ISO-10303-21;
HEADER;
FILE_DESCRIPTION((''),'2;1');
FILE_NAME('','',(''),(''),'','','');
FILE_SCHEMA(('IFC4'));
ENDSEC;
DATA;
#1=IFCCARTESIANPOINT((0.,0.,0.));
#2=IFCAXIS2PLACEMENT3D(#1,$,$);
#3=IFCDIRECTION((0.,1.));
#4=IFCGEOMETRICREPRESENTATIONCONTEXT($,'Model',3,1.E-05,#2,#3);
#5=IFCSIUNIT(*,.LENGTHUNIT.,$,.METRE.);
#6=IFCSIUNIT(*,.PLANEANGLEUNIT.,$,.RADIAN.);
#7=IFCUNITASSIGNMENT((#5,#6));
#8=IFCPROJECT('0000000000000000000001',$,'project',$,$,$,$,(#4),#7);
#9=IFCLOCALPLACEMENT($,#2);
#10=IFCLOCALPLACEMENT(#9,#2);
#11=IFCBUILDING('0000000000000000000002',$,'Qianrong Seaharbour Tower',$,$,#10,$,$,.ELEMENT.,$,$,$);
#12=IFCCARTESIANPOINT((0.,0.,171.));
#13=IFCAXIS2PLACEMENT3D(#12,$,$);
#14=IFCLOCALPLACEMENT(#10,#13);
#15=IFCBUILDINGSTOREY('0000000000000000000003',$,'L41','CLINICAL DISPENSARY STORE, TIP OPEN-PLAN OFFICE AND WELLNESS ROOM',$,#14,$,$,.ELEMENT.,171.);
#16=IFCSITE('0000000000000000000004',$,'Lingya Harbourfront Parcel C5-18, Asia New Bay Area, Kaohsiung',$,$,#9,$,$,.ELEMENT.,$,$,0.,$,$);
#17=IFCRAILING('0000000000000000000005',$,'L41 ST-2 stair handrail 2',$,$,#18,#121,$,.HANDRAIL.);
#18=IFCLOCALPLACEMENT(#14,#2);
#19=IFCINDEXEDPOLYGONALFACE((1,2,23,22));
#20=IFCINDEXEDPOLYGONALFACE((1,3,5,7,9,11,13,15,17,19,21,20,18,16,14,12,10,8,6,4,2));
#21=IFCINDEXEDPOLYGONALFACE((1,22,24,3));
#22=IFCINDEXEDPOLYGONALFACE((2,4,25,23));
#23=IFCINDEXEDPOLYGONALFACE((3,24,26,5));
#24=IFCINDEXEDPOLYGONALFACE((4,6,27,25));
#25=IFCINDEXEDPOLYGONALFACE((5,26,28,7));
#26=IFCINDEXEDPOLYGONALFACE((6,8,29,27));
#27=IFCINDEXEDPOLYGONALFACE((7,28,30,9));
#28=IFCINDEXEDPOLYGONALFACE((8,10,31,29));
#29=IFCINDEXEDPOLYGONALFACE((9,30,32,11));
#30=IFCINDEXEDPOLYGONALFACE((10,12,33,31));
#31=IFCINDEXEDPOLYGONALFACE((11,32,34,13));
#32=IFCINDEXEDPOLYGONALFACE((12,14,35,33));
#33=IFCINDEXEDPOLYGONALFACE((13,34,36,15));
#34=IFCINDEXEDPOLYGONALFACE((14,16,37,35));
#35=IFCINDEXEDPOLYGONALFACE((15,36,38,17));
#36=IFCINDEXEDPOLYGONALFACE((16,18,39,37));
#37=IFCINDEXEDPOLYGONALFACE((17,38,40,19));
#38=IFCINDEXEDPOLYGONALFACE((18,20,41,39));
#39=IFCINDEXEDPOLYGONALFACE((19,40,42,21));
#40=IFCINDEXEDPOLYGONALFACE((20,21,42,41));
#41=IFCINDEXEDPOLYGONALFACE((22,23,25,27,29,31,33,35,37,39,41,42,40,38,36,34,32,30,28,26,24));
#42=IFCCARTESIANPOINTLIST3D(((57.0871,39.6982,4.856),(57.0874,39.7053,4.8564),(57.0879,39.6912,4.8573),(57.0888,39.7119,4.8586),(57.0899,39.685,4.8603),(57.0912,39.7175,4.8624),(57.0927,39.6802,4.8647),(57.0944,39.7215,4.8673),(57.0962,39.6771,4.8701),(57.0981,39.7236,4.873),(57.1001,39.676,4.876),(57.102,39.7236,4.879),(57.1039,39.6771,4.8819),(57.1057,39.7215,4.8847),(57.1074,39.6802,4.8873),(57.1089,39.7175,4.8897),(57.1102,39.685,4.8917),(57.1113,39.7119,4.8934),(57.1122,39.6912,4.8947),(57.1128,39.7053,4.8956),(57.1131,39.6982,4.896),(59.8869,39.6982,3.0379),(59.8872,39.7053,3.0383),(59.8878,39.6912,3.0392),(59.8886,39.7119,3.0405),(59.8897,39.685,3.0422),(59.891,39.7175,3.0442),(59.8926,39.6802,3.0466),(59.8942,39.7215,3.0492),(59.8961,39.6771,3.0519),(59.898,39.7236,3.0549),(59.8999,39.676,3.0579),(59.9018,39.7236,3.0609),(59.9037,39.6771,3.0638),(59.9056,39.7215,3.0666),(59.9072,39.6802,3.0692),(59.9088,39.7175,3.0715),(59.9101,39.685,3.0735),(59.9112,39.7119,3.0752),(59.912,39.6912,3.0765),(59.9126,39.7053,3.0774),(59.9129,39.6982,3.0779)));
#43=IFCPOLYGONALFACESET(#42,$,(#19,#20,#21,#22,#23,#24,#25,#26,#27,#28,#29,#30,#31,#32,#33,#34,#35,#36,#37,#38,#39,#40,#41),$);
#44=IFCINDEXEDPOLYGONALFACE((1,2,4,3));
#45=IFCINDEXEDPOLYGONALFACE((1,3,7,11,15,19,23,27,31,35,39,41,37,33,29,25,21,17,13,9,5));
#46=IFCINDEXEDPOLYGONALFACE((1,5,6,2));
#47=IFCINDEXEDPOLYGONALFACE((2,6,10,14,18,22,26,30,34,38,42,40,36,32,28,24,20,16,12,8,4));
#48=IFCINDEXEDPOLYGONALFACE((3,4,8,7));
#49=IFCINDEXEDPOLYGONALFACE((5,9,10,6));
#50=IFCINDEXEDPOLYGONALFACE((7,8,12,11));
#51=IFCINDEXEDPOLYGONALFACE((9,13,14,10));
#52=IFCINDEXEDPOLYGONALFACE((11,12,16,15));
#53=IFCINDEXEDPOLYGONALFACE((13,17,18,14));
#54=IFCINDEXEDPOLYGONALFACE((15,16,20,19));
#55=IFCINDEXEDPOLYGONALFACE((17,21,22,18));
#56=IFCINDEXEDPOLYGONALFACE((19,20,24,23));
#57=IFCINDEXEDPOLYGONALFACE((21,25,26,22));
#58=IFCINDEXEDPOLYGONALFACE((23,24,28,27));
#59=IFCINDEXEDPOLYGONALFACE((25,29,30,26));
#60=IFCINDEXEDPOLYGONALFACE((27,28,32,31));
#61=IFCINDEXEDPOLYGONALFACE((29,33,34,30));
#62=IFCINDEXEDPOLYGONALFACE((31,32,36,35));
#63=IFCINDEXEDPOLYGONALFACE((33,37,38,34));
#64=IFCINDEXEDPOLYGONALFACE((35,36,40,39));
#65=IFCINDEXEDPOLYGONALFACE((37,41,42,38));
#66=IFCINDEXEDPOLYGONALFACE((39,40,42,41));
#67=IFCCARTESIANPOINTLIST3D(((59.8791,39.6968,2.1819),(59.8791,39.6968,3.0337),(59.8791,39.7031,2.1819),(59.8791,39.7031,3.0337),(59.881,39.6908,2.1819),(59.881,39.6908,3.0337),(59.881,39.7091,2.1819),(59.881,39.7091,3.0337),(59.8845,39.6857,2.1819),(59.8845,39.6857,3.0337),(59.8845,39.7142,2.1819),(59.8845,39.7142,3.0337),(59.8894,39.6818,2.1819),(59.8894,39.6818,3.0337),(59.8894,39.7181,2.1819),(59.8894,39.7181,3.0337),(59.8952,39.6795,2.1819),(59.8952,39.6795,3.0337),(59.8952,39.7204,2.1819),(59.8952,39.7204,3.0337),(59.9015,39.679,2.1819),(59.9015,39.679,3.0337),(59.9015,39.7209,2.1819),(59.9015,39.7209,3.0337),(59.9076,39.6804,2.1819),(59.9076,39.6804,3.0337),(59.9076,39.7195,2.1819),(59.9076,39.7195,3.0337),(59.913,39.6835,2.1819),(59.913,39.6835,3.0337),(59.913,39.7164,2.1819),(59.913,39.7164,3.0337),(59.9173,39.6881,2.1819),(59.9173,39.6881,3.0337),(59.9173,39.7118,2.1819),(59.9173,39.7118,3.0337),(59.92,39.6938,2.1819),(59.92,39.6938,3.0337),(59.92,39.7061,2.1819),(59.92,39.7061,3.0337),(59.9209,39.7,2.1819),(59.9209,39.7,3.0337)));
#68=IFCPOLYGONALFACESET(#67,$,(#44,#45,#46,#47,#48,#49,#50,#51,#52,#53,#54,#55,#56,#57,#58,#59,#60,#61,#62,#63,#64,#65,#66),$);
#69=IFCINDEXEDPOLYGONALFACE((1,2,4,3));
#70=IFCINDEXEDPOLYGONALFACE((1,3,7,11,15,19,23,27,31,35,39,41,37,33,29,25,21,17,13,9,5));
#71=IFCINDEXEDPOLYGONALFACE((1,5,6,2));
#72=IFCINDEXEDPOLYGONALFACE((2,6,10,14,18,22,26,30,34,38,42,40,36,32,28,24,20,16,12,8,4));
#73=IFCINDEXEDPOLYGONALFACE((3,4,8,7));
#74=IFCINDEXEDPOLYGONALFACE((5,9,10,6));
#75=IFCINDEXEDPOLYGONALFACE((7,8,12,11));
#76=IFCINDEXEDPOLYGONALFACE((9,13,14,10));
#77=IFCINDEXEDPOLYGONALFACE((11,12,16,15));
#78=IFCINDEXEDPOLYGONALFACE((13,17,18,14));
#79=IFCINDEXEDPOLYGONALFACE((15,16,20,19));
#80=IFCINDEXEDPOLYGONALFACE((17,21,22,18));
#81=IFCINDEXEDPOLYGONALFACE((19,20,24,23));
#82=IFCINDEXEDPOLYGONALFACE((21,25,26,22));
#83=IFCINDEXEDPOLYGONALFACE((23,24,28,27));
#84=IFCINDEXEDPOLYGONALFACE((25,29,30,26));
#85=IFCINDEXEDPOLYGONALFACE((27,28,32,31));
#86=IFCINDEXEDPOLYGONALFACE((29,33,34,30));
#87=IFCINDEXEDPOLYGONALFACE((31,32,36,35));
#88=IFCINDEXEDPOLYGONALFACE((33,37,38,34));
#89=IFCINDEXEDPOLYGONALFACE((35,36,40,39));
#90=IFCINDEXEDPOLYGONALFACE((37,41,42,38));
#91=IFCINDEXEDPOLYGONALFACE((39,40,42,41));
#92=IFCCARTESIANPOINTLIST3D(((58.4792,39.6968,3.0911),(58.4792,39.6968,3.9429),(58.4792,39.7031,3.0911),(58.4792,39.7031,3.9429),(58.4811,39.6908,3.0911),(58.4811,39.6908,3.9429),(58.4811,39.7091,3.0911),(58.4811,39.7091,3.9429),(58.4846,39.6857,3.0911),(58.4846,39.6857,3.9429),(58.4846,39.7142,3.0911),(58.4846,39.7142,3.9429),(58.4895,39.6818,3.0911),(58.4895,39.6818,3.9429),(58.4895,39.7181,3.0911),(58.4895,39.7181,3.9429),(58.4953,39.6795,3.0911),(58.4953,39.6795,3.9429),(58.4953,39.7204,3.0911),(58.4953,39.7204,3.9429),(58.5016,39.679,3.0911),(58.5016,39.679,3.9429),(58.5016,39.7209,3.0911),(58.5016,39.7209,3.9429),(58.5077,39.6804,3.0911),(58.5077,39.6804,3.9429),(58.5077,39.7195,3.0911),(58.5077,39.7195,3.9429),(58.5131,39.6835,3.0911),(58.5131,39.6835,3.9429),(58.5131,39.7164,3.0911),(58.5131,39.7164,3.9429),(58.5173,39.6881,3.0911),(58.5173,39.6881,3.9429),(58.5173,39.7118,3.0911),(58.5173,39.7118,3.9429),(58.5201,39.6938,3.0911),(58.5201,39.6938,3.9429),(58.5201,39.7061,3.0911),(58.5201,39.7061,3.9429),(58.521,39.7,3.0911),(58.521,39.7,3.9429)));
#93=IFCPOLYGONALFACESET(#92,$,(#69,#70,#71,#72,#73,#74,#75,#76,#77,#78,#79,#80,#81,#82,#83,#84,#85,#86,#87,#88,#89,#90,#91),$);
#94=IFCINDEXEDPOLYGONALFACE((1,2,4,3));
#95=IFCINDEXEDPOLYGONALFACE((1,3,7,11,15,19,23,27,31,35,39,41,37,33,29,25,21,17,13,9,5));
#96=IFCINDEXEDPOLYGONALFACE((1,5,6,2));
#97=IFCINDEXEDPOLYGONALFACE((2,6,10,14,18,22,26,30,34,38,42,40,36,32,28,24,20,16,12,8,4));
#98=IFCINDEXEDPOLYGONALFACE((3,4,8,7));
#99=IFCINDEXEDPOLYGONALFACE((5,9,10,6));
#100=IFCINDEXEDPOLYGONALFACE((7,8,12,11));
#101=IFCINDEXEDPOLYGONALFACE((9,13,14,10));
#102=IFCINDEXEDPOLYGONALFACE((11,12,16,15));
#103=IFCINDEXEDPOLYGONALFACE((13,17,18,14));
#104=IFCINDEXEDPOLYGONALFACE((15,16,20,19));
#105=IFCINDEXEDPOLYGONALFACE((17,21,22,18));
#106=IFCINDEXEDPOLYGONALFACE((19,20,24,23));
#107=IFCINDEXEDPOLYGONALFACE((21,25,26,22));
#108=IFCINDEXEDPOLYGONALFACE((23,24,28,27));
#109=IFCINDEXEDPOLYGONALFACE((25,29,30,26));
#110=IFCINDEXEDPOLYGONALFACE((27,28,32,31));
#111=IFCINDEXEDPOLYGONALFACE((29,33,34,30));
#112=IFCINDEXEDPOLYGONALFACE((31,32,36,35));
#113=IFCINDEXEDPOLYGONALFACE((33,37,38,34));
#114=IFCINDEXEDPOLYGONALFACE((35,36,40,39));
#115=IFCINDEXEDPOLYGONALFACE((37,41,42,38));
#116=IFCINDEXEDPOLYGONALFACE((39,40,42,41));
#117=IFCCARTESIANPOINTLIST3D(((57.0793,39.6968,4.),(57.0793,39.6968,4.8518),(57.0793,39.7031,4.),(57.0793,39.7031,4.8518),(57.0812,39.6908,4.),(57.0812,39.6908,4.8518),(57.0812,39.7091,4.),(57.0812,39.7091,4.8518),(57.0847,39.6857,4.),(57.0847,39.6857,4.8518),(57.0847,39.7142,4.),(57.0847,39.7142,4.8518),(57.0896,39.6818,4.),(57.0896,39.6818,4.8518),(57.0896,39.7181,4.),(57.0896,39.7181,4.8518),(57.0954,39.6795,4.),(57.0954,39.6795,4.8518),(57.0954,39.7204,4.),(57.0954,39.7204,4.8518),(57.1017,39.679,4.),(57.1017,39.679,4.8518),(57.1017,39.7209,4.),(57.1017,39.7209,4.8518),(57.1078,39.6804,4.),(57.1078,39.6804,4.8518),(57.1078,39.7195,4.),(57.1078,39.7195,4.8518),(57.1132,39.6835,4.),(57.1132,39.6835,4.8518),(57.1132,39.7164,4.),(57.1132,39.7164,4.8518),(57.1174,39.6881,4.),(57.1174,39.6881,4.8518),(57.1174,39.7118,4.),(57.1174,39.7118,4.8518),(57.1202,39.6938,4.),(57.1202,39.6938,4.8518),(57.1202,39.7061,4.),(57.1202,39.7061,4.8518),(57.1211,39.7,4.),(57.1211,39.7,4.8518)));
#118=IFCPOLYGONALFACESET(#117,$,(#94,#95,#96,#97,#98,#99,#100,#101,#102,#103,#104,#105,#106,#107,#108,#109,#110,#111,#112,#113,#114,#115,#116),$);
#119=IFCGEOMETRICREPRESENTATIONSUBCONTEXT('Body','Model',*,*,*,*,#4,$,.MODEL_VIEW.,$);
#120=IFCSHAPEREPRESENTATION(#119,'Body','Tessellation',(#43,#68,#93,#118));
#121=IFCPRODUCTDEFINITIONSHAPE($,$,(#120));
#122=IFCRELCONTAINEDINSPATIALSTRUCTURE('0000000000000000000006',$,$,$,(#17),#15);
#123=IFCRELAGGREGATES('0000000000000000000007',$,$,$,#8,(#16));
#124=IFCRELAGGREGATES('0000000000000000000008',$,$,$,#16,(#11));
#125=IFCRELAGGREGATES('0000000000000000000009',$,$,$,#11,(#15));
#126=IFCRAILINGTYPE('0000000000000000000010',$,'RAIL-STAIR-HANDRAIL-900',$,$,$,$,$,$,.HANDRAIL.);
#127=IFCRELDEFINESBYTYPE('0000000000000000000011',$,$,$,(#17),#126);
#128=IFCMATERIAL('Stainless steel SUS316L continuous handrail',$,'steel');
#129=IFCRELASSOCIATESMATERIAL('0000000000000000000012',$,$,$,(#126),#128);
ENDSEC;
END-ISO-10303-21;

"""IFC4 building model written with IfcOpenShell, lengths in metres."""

from ifc_helpers import new_model, si_unit, direction, frame, origin, origin_2d, place, context, subcontext, project, spatial, circle, extrude, material, type_object, element, save


model = new_model("IFC4")

# Units and contexts
model_context = context("Model", 3, precision=1e-05, world=origin(), true_north=direction((0.0, 1.0)))
body_context = subcontext(model_context, "Body", "Model", "MODEL_VIEW")
ifc_project = project(units=[si_unit("LENGTHUNIT", "METRE"), si_unit("PLANEANGLEUNIT", "RADIAN")], contexts=[model_context])

# Site, building, storey
site_placement = place(None, origin())
site = spatial("IfcSite", under=ifc_project, at=site_placement, Name="Lingya Harbourfront Parcel C5-18, Asia New Bay Area, Kaohsiung", CompositionType="ELEMENT", RefElevation=0.0)
building_placement = place(site_placement, origin())
building = spatial("IfcBuilding", under=site, at=building_placement, Name="Qianrong Seaharbour Tower", CompositionType="ELEMENT")
storey_placement = place(building_placement, frame((0.0, 0.0, 171.0)))
storey = spatial("IfcBuildingStorey", under=building, at=storey_placement, Name="L41", Description="CLINICAL DISPENSARY STORE, TIP OPEN-PLAN OFFICE AND WELLNESS ROOM", CompositionType="ELEMENT", Elevation=171.0)

# Railing
ifc_material_1 = material(Name="Stainless steel SUS316L continuous handrail", Category="steel")
railing_type_1 = type_object("IfcRailingType", Name="RAIL-STAIR-HANDRAIL-900", PredefinedType="HANDRAIL", material=ifc_material_1)
railing_1_placement = place(storey_placement, frame((59.8999, 39.7, 2.1819)))
element("IfcRailing", 1, at=railing_1_placement, inside=storey, type_object=railing_type_1, Name="L41 ST-2 stair handrail 2", PredefinedType="HANDRAIL", context=body_context, shape_type="SweptSolid", body=[
    extrude(circle(Radius=0.0239, at=origin_2d()), frame((0.0, 0.0, 0.876), z_axis=(-0.838684, 0.0, 0.544618), x_axis=(0.0, -1.0, 0.0)), (0.0, 0.0, 1.0), 3.3384),
    extrude(circle(Radius=0.021, at=origin_2d()), origin(), (0.0, 0.0, 1.0), 0.8518),
    extrude(circle(Radius=0.021, at=origin_2d()), frame((-1.3999, 0.0, 0.9092)), (0.0, 0.0, 1.0), 0.8518),
    extrude(circle(Radius=0.021, at=origin_2d()), frame((-2.7998, 0.0, 1.8181)), (0.0, 0.0, 1.0), 0.8518),
])

save(model, "model.ifc")
